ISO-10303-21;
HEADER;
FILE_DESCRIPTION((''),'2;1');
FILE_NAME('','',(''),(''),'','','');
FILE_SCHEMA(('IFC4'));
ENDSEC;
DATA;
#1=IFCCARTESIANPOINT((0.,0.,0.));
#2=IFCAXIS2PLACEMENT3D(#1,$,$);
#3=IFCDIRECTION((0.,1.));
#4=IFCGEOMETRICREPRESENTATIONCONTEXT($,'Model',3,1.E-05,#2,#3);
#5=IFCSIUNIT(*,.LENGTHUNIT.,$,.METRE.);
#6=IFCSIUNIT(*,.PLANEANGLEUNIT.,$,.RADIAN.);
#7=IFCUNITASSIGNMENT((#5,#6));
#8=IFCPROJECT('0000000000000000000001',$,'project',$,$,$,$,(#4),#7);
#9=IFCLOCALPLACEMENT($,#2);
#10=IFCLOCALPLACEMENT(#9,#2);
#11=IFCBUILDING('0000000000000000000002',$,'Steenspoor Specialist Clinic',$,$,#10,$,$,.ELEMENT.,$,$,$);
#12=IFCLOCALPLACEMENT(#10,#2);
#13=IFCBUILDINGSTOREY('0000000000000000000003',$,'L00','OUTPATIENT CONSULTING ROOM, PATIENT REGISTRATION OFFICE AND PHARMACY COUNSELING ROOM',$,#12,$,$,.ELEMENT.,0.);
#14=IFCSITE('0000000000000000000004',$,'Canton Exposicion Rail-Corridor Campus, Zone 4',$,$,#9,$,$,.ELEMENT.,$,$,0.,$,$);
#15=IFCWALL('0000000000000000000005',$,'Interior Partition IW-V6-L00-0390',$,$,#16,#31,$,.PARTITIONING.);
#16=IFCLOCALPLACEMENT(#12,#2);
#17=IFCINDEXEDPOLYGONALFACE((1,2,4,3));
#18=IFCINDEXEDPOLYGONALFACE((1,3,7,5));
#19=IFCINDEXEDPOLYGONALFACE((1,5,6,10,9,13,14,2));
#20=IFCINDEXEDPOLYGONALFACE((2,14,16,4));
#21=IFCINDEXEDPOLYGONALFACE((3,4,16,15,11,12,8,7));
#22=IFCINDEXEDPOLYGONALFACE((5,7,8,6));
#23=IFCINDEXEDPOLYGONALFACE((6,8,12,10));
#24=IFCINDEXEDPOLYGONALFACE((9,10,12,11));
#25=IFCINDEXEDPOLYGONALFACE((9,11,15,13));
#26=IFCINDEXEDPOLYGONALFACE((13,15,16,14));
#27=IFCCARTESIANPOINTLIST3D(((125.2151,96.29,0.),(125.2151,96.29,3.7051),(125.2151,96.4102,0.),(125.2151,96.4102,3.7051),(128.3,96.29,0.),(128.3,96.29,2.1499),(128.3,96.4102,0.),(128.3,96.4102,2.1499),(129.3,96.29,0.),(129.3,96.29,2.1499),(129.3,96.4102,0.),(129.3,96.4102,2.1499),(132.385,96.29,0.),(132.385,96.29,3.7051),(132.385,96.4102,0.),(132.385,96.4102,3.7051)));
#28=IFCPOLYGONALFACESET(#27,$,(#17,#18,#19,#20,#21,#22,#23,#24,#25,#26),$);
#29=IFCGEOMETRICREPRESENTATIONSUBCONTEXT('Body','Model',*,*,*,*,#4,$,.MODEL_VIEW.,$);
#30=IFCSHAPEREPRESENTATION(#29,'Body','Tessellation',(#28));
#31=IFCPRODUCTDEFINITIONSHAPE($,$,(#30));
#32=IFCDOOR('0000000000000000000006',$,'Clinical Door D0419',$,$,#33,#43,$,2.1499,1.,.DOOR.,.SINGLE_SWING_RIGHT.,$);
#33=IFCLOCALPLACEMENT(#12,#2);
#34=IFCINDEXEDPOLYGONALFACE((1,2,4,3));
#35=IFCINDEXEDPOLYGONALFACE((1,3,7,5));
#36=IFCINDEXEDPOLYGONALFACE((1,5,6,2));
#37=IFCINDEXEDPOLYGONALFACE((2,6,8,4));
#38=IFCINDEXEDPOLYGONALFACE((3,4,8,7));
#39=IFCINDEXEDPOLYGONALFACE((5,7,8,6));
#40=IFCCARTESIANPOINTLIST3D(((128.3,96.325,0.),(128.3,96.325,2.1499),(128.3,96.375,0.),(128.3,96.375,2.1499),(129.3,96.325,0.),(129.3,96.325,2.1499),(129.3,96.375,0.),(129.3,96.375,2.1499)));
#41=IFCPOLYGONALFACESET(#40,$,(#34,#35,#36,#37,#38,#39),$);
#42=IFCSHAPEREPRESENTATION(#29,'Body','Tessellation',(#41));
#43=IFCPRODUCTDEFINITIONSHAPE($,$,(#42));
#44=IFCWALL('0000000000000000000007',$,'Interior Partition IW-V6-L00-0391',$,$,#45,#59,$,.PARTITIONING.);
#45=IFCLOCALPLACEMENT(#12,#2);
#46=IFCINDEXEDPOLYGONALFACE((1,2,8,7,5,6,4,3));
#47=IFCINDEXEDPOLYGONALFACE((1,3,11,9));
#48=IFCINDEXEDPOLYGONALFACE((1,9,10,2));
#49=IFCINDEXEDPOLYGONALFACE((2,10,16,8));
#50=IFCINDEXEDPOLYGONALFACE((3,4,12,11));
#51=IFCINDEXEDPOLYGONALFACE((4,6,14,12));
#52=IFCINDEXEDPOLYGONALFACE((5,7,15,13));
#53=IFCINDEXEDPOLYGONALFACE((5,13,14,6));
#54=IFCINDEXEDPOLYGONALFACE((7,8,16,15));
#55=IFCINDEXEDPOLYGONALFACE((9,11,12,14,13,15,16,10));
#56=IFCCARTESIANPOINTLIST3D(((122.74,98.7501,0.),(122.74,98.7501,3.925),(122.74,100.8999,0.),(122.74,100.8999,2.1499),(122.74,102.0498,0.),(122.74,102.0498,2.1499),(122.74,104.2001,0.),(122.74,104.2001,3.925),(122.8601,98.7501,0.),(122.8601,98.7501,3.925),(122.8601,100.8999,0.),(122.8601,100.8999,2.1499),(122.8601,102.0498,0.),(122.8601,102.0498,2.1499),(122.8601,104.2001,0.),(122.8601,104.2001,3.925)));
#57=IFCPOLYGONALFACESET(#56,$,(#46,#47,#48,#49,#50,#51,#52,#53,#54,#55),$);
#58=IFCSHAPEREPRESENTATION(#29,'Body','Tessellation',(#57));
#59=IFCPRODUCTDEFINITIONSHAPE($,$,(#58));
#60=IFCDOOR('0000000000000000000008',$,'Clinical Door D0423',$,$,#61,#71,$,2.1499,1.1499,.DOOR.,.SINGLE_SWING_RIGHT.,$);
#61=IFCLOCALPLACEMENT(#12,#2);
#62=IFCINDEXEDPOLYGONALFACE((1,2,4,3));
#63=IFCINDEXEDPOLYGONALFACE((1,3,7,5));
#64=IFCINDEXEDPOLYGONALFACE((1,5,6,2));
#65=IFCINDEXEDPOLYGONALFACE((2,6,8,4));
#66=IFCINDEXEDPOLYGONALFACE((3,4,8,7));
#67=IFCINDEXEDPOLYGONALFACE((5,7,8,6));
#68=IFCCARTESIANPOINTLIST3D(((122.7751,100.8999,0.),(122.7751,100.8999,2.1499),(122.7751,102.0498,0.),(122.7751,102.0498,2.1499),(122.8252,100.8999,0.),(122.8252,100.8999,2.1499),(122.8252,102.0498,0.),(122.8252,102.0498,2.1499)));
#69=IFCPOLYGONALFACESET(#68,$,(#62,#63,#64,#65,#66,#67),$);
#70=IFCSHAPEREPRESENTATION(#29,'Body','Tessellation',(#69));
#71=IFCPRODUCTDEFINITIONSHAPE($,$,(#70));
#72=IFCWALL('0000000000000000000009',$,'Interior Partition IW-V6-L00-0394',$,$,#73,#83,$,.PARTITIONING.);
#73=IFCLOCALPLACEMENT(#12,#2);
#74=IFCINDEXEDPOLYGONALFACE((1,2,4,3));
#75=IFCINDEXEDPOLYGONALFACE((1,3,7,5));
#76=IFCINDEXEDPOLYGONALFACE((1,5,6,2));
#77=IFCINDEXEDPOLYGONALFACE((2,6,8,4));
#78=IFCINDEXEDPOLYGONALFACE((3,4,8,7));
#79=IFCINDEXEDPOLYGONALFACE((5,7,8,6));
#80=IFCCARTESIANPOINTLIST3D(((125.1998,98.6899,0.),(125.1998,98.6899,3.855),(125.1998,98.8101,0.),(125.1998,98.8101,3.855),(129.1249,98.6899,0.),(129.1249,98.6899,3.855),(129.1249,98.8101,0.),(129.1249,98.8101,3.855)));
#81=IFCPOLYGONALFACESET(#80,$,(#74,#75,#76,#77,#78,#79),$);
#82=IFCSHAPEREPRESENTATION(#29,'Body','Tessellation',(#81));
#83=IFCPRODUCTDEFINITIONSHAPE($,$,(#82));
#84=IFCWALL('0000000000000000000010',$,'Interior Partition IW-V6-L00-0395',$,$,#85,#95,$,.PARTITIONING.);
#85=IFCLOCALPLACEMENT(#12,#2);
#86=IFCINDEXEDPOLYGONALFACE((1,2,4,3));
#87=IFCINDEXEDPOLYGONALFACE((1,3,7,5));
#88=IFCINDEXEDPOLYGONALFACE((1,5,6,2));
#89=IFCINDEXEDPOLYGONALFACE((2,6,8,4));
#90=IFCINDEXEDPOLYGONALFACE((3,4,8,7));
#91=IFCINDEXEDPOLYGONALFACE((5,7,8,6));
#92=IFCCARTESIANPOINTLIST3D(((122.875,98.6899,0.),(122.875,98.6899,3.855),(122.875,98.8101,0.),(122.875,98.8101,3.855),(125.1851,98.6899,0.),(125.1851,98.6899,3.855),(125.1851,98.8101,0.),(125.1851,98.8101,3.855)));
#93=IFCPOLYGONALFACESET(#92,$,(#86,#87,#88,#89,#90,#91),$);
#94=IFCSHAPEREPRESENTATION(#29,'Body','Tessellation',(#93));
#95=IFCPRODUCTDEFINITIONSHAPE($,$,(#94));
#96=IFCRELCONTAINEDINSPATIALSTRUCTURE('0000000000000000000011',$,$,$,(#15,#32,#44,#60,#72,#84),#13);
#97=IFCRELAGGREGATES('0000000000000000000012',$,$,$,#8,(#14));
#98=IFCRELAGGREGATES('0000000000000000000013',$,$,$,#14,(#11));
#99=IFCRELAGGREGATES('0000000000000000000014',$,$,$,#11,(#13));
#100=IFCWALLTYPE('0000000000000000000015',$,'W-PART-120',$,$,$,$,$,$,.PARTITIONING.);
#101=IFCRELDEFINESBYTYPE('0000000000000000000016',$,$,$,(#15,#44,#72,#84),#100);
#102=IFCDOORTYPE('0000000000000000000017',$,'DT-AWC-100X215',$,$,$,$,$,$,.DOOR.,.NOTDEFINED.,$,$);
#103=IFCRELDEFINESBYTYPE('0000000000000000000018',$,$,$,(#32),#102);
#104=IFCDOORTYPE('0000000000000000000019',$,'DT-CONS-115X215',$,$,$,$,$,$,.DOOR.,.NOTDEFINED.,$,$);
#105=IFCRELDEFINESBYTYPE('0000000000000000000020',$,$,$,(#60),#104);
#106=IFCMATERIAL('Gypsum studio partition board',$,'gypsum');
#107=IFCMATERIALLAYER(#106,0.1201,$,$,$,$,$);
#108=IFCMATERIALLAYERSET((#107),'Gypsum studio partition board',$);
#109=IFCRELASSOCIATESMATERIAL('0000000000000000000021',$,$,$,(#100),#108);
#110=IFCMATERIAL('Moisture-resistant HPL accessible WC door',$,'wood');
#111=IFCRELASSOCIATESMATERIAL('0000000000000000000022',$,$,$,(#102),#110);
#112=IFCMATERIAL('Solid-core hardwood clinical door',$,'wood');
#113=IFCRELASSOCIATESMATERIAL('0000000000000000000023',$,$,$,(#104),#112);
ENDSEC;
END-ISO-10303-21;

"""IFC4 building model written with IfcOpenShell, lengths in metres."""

from ifc_helpers import new_model, si_unit, direction, frame, frame_2d, origin, place, context, subcontext, project, spatial, rectangle, extrude, material, layer, layer_set, type_object, element, fill, save


model = new_model("IFC4")

# Units and contexts
model_context = context("Model", 3, precision=1e-05, world=origin(), true_north=direction((0.0, 1.0)))
body_context = subcontext(model_context, "Body", "Model", "MODEL_VIEW")
ifc_project = project(units=[si_unit("LENGTHUNIT", "METRE"), si_unit("PLANEANGLEUNIT", "RADIAN")], contexts=[model_context])

# Site, building, storey
site_placement = place(None, origin())
site = spatial("IfcSite", under=ifc_project, at=site_placement, Name="Canton Exposicion Rail-Corridor Campus, Zone 4", CompositionType="ELEMENT", RefElevation=0.0)
building_placement = place(site_placement, origin())
building = spatial("IfcBuilding", under=site, at=building_placement, Name="Steenspoor Specialist Clinic", CompositionType="ELEMENT")
storey_placement = place(building_placement, origin())
storey = spatial("IfcBuildingStorey", under=building, at=storey_placement, Name="L00", Description="OUTPATIENT CONSULTING ROOM, PATIENT REGISTRATION OFFICE AND PHARMACY COUNSELING ROOM", CompositionType="ELEMENT", Elevation=0.0)

# Walls, openings, doors
ifc_material_1 = material(Name="Gypsum studio partition board", Category="gypsum")
ifc_layer_1 = layer(ifc_material_1, 0.1201)
ifc_layer_set_1 = layer_set([ifc_layer_1], Name="Gypsum studio partition board")
wall_type_1 = type_object("IfcWallType", Name="W-PART-120", PredefinedType="PARTITIONING", material=ifc_layer_set_1)
wall_1_placement = place(storey_placement, frame((125.2151, 96.3501, 0.0), z_axis=(0.0, 0.0, 1.0), x_axis=(1.0, 0.0, 0.0)))
wall_1 = element("IfcWall", 1, at=wall_1_placement, inside=storey, type_object=wall_type_1, Name="Interior Partition IW-V6-L00-0390", PredefinedType="PARTITIONING", context=body_context, shape_type="SweptSolid", body=[
    extrude(rectangle(XDim=7.1699, YDim=0.1201, at=frame_2d((3.585, 0.0))), origin(), (0.0, 0.0, 1.0), 3.7051),
])
opening_1_placement = place(wall_1_placement, frame((3.085, 0.0, 0.0)))
opening_1 = element("IfcOpeningElement", 2, at=opening_1_placement, cuts=wall_1, PredefinedType="OPENING", context=body_context, shape_type="SweptSolid", body=[
    extrude(rectangle(XDim=1.0, YDim=2.1499, at=frame_2d((0.5, 1.075))), frame((0.0, 0.0701, 0.0), z_axis=(0.0, -1.0, 0.0), x_axis=(1.0, 0.0, 0.0)), (0.0, 0.0, 1.0), 0.1401),
])
ifc_material_2 = material(Name="Moisture-resistant HPL accessible WC door", Category="wood")
door_type_1 = type_object("IfcDoorType", Name="DT-AWC-100X215", OperationType="NOTDEFINED", PredefinedType="DOOR", material=ifc_material_2)
door_1_placement = place(opening_1_placement, origin())
door_1 = element("IfcDoor", 3, at=door_1_placement, inside=storey, type_object=door_type_1, Name="Clinical Door D0419", OperationType="SINGLE_SWING_RIGHT", OverallHeight=2.1499, OverallWidth=1.0, PredefinedType="DOOR", context=body_context, shape_type="SweptSolid", body=[
    extrude(rectangle(XDim=1.0, YDim=2.1499, at=frame_2d((0.5, 1.075))), frame((0.0, 0.0249, 0.0), z_axis=(0.0, -1.0, 0.0), x_axis=(1.0, 0.0, 0.0)), (0.0, 0.0, 1.0), 0.05),
])
fill(opening_1, door_1)
wall_2_placement = place(storey_placement, frame((122.8, 98.75, 0.0), z_axis=(0.0, 0.0, 1.0), x_axis=(0.0, 1.0, 0.0)))
wall_2 = element("IfcWall", 4, at=wall_2_placement, inside=storey, type_object=wall_type_1, Name="Interior Partition IW-V6-L00-0391", PredefinedType="PARTITIONING", context=body_context, shape_type="SweptSolid", body=[
    extrude(rectangle(XDim=5.45, YDim=0.1201, at=frame_2d((2.7251, 0.0))), origin(), (0.0, 0.0, 1.0), 3.925),
])
opening_2_placement = place(wall_2_placement, frame((2.1499, 0.0, 0.0)))
opening_2 = element("IfcOpeningElement", 5, at=opening_2_placement, cuts=wall_2, PredefinedType="OPENING", context=body_context, shape_type="SweptSolid", body=[
    extrude(rectangle(XDim=1.1499, YDim=2.1499, at=frame_2d((0.575, 1.075))), frame((0.0, 0.0701, 0.0), z_axis=(0.0, -1.0, 0.0), x_axis=(1.0, 0.0, 0.0)), (0.0, 0.0, 1.0), 0.1401),
])
ifc_material_3 = material(Name="Solid-core hardwood clinical door", Category="wood")
door_type_2 = type_object("IfcDoorType", Name="DT-CONS-115X215", OperationType="NOTDEFINED", PredefinedType="DOOR", material=ifc_material_3)
door_2_placement = place(opening_2_placement, origin())
door_2 = element("IfcDoor", 6, at=door_2_placement, inside=storey, type_object=door_type_2, Name="Clinical Door D0423", OperationType="SINGLE_SWING_RIGHT", OverallHeight=2.1499, OverallWidth=1.1499, PredefinedType="DOOR", context=body_context, shape_type="SweptSolid", body=[
    extrude(rectangle(XDim=1.1499, YDim=2.1499, at=frame_2d((0.575, 1.075))), frame((0.0, 0.0249, 0.0), z_axis=(0.0, -1.0, 0.0), x_axis=(1.0, 0.0, 0.0)), (0.0, 0.0, 1.0), 0.05),
])
fill(opening_2, door_2)

# Walls
wall_3_placement = place(storey_placement, frame((125.2, 98.75, 0.0), z_axis=(0.0, 0.0, 1.0), x_axis=(1.0, 0.0, 0.0)))
element("IfcWall", 7, at=wall_3_placement, inside=storey, type_object=wall_type_1, Name="Interior Partition IW-V6-L00-0394", PredefinedType="PARTITIONING", context=body_context, shape_type="SweptSolid", body=[
    extrude(rectangle(XDim=3.925, YDim=0.1201, at=frame_2d((1.9624, 0.0))), origin(), (0.0, 0.0, 1.0), 3.855),
])
wall_4_placement = place(storey_placement, frame((122.875, 98.75, 0.0), z_axis=(0.0, 0.0, 1.0), x_axis=(1.0, 0.0, 0.0)))
element("IfcWall", 8, at=wall_4_placement, inside=storey, type_object=wall_type_1, Name="Interior Partition IW-V6-L00-0395", PredefinedType="PARTITIONING", context=body_context, shape_type="SweptSolid", body=[
    extrude(rectangle(XDim=2.3101, YDim=0.1201, at=frame_2d((1.155, 0.0))), origin(), (0.0, 0.0, 1.0), 3.855),
])

save(model, "model.ifc")
